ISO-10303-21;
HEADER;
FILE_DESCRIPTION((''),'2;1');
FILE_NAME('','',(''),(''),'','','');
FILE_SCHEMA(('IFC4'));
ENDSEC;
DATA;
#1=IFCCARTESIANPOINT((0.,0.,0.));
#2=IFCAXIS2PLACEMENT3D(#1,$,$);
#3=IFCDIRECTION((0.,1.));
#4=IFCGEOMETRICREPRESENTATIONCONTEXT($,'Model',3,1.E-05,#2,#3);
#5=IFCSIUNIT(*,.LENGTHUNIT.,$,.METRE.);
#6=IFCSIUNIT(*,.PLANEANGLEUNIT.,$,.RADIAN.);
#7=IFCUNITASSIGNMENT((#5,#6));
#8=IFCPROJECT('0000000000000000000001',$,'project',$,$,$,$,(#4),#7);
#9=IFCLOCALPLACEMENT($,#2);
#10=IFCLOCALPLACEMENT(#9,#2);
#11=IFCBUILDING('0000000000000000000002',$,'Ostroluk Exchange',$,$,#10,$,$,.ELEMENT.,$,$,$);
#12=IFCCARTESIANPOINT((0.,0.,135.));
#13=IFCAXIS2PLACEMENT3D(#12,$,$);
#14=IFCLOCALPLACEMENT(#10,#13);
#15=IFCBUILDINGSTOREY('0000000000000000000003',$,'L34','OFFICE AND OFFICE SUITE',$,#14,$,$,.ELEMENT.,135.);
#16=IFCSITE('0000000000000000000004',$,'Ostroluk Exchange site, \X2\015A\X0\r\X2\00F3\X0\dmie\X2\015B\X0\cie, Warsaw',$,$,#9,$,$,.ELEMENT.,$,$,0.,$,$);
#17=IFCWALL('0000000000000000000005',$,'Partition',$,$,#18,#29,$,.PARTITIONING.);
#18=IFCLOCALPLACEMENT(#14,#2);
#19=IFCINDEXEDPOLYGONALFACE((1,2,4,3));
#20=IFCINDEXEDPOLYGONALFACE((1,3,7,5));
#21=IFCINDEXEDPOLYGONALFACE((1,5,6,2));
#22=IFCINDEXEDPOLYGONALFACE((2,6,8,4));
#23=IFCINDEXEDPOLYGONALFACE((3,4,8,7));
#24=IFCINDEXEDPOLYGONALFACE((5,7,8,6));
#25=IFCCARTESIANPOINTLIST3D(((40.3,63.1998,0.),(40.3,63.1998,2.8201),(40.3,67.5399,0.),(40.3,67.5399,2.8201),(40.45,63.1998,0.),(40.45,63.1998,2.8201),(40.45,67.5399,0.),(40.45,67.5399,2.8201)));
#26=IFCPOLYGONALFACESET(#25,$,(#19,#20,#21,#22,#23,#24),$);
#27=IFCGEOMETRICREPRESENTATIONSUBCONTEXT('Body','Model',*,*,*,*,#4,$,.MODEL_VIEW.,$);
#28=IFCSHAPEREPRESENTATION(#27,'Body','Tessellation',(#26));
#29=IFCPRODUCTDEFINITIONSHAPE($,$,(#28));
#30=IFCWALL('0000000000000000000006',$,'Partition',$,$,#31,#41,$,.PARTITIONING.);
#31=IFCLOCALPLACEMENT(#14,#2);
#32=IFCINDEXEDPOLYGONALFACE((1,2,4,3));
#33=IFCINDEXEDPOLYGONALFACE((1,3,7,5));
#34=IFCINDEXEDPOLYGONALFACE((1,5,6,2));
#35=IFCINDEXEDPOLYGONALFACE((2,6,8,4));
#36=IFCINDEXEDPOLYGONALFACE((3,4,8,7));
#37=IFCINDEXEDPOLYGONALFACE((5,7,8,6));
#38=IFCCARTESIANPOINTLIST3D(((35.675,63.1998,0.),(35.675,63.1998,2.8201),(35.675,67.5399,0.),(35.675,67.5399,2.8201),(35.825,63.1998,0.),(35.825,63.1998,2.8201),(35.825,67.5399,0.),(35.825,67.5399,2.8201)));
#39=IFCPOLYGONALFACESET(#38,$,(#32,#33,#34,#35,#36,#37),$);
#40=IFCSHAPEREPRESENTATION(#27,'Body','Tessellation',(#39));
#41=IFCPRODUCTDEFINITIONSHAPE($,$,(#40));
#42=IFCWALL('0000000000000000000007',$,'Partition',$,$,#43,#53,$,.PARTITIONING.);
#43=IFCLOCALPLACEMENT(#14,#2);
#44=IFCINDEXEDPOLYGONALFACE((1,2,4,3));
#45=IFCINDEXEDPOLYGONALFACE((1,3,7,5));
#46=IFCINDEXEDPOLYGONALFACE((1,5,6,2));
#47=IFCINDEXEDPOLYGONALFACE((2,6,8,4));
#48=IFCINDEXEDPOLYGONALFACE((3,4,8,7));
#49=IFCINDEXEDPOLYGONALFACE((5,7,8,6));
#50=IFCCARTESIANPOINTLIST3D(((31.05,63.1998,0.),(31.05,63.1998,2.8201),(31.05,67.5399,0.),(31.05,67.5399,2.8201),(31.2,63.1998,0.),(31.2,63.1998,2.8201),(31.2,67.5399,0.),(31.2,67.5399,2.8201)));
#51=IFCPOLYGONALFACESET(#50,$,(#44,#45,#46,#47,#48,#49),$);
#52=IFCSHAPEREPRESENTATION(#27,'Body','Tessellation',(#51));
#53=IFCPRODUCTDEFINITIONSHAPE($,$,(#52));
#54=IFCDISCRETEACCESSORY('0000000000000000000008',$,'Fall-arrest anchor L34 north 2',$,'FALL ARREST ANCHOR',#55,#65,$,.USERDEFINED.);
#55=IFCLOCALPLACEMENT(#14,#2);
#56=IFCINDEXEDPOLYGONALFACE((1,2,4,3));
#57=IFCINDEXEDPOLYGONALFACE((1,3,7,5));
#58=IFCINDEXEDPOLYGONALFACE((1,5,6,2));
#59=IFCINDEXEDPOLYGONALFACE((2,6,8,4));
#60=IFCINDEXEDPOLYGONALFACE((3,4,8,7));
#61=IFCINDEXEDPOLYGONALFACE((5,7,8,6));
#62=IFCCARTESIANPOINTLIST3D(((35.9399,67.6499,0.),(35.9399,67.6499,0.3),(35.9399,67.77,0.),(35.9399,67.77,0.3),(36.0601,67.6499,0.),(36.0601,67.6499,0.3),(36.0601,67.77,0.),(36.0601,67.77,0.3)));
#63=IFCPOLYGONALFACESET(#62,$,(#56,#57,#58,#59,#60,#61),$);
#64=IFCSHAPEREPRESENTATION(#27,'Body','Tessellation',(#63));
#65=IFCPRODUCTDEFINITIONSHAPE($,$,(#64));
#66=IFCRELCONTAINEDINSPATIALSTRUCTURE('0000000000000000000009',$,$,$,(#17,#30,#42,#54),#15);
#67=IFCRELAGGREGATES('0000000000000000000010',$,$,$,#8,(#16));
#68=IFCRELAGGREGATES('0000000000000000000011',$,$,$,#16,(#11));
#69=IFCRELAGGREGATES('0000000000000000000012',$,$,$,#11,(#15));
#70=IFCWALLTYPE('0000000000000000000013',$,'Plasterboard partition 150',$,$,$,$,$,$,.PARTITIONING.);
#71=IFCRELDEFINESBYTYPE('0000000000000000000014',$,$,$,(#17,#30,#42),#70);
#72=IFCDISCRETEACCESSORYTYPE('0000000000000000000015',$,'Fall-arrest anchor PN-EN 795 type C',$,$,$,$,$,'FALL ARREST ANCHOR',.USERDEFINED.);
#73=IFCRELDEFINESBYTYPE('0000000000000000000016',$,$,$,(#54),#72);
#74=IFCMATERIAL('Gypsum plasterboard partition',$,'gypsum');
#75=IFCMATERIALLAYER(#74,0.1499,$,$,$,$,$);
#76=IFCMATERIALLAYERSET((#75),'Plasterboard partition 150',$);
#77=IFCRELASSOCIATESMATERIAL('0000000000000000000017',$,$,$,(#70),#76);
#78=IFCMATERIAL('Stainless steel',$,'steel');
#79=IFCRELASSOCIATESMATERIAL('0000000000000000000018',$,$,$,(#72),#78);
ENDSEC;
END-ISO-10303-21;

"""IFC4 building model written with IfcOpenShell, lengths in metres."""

from ifc_helpers import new_model, si_unit, direction, frame, frame_2d, origin, origin_2d, place, context, subcontext, project, spatial, rectangle, extrude, material, layer, layer_set, type_object, element, save


model = new_model("IFC4")

# Units and contexts
model_context = context("Model", 3, precision=1e-05, world=origin(), true_north=direction((0.0, 1.0)))
body_context = subcontext(model_context, "Body", "Model", "MODEL_VIEW")
ifc_project = project(units=[si_unit("LENGTHUNIT", "METRE"), si_unit("PLANEANGLEUNIT", "RADIAN")], contexts=[model_context])

# Site, building, storey
site_placement = place(None, origin())
site = spatial("IfcSite", under=ifc_project, at=site_placement, Name="Ostroluk Exchange site, Śródmieście, Warsaw", CompositionType="ELEMENT", RefElevation=0.0)
building_placement = place(site_placement, origin())
building = spatial("IfcBuilding", under=site, at=building_placement, Name="Ostroluk Exchange", CompositionType="ELEMENT")
storey_placement = place(building_placement, frame((0.0, 0.0, 135.0)))
storey = spatial("IfcBuildingStorey", under=building, at=storey_placement, Name="L34", Description="OFFICE AND OFFICE SUITE", CompositionType="ELEMENT", Elevation=135.0)

# Shared definitions
ifc_material_1 = material(Name="Gypsum plasterboard partition", Category="gypsum")
ifc_layer_1 = layer(ifc_material_1, 0.1499)
ifc_layer_set_1 = layer_set([ifc_layer_1], Name="Plasterboard partition 150")
wall_type = type_object("IfcWallType", Name="Plasterboard partition 150", PredefinedType="PARTITIONING", material=ifc_layer_set_1)

# Walls
for number, where, z_axis, x_axis, name in (
    (1, (40.375, 63.2, 0.0), (0.0, 0.0, 1.0), (0.0, 1.0, 0.0), "Partition"),
    (2, (35.75, 63.2, 0.0), (0.0, 0.0, 1.0), (0.0, 1.0, 0.0), "Partition"),
    (3, (31.125, 63.2, 0.0), (0.0, 0.0, 1.0), (0.0, 1.0, 0.0), "Partition"),
):
    element("IfcWall", number, at=place(storey_placement, frame(where, z_axis=z_axis, x_axis=x_axis)), inside=storey, type_object=wall_type, Name=name, PredefinedType="PARTITIONING", context=body_context, shape_type="SweptSolid", body=[
        extrude(rectangle(XDim=4.3401, YDim=0.1499, at=frame_2d((2.1699, 0.0))), origin(), (0.0, 0.0, 1.0), 2.8201),
    ])

# Discrete accessory
ifc_material_2 = material(Name="Stainless steel", Category="steel")
discrete_accessory_type = type_object("IfcDiscreteAccessoryType", Name="Fall-arrest anchor PN-EN 795 type C", ElementType="FALL ARREST ANCHOR", PredefinedType="USERDEFINED", material=ifc_material_2)
discrete_accessory_placement = place(storey_placement, frame((36.0, 67.71, 0.0), z_axis=(0.0, 0.0, 1.0), x_axis=(1.0, 0.0, 0.0)))
element("IfcDiscreteAccessory", 4, at=discrete_accessory_placement, inside=storey, type_object=discrete_accessory_type, Name="Fall-arrest anchor L34 north 2", ObjectType="FALL ARREST ANCHOR", PredefinedType="USERDEFINED", context=body_context, shape_type="SweptSolid", body=[
    extrude(rectangle(XDim=0.1201, YDim=0.1201, at=origin_2d()), origin(), (0.0, 0.0, 1.0), 0.3),
])

save(model, "model.ifc")
